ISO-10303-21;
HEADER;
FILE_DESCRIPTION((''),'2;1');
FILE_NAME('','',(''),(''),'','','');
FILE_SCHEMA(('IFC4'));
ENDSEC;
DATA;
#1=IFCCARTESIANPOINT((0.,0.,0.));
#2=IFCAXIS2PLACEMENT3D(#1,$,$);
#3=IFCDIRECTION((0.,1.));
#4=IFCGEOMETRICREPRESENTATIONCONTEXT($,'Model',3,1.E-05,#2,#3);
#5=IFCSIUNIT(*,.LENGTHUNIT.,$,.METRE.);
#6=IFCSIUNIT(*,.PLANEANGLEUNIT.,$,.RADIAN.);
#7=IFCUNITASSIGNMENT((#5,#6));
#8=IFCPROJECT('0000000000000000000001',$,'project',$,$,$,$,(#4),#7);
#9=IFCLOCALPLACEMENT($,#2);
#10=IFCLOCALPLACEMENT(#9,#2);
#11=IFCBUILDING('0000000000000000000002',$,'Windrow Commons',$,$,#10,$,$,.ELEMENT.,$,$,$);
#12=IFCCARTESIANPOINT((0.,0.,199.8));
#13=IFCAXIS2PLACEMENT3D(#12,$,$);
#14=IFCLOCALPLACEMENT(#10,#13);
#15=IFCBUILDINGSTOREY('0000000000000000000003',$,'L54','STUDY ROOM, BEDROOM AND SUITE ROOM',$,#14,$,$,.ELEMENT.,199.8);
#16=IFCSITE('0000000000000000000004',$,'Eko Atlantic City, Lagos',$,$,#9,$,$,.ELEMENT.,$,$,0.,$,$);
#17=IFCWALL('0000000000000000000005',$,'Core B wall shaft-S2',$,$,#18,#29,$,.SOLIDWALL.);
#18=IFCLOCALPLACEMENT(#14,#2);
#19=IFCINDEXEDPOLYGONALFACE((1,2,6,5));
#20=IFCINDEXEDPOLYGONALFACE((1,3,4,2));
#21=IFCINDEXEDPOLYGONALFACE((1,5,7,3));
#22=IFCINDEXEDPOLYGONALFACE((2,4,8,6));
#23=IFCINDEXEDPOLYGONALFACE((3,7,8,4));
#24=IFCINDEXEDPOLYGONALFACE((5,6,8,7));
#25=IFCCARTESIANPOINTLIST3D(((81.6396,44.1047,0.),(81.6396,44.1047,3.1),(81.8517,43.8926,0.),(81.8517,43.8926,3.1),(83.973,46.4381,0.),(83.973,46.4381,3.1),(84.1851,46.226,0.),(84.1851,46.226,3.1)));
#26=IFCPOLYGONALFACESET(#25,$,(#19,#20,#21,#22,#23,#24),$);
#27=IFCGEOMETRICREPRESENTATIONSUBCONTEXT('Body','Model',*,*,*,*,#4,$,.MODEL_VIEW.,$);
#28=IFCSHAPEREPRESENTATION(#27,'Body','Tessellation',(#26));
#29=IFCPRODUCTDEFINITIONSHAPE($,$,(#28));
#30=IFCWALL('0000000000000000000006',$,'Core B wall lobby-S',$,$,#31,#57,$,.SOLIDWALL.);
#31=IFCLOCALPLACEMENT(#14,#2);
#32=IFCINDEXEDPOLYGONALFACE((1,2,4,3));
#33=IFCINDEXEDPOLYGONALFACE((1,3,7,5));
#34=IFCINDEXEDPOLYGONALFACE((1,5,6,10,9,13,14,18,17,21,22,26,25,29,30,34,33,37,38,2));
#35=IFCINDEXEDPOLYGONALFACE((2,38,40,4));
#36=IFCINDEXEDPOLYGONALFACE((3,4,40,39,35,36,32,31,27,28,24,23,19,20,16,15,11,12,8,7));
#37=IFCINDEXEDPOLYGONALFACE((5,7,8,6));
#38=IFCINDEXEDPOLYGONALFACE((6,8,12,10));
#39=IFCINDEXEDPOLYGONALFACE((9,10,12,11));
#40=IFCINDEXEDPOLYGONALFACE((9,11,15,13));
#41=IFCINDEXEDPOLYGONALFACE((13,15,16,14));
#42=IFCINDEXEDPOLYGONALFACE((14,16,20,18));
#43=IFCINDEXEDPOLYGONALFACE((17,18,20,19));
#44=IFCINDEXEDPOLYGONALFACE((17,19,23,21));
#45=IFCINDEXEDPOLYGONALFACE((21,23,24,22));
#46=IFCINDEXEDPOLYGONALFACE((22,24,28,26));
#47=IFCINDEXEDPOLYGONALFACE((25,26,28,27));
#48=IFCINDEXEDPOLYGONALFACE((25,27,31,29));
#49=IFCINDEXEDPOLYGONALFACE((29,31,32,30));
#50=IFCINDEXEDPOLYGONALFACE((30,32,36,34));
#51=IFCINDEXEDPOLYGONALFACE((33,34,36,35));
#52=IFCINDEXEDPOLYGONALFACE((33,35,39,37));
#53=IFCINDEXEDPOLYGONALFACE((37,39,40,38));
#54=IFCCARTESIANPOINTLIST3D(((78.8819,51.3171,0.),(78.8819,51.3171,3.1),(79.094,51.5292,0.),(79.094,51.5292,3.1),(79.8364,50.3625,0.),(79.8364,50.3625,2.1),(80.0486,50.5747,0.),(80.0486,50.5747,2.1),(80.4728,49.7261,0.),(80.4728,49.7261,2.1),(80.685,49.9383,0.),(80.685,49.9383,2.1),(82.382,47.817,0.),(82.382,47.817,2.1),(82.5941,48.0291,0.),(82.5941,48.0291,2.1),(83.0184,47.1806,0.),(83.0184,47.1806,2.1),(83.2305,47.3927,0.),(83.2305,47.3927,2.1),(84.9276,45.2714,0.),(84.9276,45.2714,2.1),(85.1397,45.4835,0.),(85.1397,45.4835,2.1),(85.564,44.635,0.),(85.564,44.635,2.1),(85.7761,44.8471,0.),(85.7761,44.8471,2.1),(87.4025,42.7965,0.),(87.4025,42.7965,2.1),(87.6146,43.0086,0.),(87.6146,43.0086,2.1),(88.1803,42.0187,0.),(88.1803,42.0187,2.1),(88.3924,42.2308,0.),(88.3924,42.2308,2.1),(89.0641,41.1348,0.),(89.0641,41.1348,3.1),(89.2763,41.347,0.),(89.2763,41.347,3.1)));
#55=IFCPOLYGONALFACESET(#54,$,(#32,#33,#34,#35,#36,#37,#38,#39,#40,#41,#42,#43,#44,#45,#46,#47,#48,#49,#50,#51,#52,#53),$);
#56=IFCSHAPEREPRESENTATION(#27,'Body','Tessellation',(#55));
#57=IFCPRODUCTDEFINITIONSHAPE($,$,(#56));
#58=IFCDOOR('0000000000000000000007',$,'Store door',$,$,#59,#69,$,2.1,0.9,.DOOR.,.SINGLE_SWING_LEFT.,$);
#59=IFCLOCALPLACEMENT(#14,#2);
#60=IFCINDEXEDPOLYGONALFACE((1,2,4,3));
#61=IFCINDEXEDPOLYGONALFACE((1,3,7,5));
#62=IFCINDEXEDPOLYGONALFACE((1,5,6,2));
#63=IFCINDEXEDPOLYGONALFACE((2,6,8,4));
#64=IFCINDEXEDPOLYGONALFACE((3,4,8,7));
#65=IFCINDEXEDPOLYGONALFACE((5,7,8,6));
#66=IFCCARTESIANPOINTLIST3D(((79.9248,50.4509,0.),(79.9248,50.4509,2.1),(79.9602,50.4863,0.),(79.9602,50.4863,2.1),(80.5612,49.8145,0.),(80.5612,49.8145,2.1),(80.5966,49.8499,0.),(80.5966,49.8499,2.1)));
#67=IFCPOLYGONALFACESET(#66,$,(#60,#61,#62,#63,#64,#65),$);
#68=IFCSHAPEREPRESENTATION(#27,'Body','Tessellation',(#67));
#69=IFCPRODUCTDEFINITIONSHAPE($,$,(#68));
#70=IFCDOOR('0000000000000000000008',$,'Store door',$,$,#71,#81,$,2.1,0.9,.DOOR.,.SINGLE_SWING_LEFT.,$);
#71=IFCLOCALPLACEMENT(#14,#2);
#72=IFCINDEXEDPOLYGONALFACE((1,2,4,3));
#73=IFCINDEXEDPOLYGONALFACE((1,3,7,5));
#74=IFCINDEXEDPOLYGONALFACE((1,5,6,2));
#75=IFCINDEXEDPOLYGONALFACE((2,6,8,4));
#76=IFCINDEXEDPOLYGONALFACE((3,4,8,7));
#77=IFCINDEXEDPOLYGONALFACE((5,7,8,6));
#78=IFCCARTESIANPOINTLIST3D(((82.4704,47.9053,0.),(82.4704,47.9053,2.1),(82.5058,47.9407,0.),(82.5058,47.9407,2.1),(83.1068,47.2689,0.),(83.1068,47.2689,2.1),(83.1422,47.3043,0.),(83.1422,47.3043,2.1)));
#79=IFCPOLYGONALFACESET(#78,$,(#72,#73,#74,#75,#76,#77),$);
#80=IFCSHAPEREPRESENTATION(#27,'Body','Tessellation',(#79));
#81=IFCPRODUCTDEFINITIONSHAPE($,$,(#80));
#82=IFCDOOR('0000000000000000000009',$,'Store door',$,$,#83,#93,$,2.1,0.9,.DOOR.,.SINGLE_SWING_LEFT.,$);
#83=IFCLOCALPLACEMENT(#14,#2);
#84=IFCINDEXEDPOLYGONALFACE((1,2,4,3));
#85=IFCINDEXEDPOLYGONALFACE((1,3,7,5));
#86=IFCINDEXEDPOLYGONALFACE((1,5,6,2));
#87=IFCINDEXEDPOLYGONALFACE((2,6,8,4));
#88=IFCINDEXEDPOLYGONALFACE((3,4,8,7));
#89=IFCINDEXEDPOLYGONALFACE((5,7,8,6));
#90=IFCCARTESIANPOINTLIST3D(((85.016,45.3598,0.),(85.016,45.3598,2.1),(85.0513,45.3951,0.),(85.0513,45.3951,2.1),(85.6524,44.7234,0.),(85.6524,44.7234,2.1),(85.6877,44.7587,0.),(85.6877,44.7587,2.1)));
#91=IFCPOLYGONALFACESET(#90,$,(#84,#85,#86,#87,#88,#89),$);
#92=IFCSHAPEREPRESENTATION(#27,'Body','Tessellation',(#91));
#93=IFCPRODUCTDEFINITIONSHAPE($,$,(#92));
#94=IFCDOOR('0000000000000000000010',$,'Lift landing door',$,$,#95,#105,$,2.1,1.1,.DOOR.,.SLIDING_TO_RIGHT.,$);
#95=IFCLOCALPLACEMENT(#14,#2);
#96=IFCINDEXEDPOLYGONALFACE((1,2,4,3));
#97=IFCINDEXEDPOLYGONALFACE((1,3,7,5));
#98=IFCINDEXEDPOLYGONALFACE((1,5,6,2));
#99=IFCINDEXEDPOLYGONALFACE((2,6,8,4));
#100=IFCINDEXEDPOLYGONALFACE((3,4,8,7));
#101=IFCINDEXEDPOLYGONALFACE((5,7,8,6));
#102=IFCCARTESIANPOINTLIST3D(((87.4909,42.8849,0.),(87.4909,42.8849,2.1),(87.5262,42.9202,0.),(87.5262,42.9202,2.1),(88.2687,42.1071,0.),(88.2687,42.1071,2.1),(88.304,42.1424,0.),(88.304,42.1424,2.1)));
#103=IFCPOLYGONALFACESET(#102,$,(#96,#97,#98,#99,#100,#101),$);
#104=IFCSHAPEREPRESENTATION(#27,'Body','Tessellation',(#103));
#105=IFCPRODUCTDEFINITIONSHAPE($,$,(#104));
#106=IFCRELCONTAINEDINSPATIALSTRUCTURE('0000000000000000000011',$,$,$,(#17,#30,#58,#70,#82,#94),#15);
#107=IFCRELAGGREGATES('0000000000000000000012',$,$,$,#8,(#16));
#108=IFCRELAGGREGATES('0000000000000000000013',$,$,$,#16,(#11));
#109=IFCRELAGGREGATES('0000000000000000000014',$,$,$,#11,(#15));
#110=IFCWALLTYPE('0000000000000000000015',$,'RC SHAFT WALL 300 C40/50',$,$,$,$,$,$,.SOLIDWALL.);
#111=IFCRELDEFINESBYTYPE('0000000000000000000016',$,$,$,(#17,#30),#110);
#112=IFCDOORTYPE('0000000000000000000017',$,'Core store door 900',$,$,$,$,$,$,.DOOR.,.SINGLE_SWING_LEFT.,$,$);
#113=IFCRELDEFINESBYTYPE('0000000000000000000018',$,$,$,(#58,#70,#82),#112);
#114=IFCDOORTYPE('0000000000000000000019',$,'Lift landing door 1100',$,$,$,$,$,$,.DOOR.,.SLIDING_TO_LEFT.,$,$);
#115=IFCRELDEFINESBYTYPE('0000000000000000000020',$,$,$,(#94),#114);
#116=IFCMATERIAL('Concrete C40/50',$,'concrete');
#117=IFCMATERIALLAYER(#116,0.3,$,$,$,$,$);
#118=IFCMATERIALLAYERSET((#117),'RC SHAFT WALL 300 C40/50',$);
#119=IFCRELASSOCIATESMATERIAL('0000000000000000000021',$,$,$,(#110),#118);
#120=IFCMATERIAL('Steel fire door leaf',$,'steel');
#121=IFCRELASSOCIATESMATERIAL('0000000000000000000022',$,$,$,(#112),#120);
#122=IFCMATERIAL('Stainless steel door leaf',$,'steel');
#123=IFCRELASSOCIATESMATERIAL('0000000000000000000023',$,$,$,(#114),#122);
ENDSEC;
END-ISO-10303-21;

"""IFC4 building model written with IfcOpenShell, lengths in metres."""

from ifc_helpers import new_model, si_unit, direction, frame, frame_2d, origin, place, context, subcontext, project, spatial, rectangle, extrude, material, layer, layer_set, type_object, element, fill, save


model = new_model("IFC4")

# Units and contexts
model_context = context("Model", 3, precision=1e-05, world=origin(), true_north=direction((0.0, 1.0)))
body_context = subcontext(model_context, "Body", "Model", "MODEL_VIEW")
ifc_project = project(units=[si_unit("LENGTHUNIT", "METRE"), si_unit("PLANEANGLEUNIT", "RADIAN")], contexts=[model_context])

# Site, building, storey
site_placement = place(None, origin())
site = spatial("IfcSite", under=ifc_project, at=site_placement, Name="Eko Atlantic City, Lagos", CompositionType="ELEMENT", RefElevation=0.0)
building_placement = place(site_placement, origin())
building = spatial("IfcBuilding", under=site, at=building_placement, Name="Windrow Commons", CompositionType="ELEMENT")
storey_placement = place(building_placement, frame((0.0, 0.0, 199.8)))
storey = spatial("IfcBuildingStorey", under=building, at=storey_placement, Name="L54", Description="STUDY ROOM, BEDROOM AND SUITE ROOM", CompositionType="ELEMENT", Elevation=199.8)

# Wall
ifc_material_1 = material(Name="Concrete C40/50", Category="concrete")
ifc_layer_1 = layer(ifc_material_1, 0.3)
ifc_layer_set_1 = layer_set([ifc_layer_1], Name="RC SHAFT WALL 300 C40/50")
wall_type_1 = type_object("IfcWallType", Name="RC SHAFT WALL 300 C40/50", PredefinedType="SOLIDWALL", material=ifc_layer_set_1)
wall_1_placement = place(storey_placement, frame((81.7456, 43.9986, 0.0), z_axis=(0.0, 0.0, 1.0), x_axis=(0.707107, 0.707107, 0.0)))
element("IfcWall", 1, at=wall_1_placement, inside=storey, type_object=wall_type_1, Name="Core B wall shaft-S2", PredefinedType="SOLIDWALL", context=body_context, shape_type="SweptSolid", body=[
    extrude(rectangle(XDim=3.2999, YDim=0.3, at=frame_2d((1.65, 0.0))), origin(), (0.0, 0.0, 1.0), 3.1),
])

# Wall, openings, doors
wall_2_placement = place(storey_placement, frame((78.9879, 51.4232, 0.0), z_axis=(0.0, 0.0, 1.0), x_axis=(0.707107, -0.707107, 0.0)))
wall_2 = element("IfcWall", 2, at=wall_2_placement, inside=storey, type_object=wall_type_1, Name="Core B wall lobby-S", PredefinedType="SOLIDWALL", context=body_context, shape_type="SweptSolid", body=[
    extrude(rectangle(XDim=14.3999, YDim=0.3, at=frame_2d((7.2, 0.0))), origin(), (0.0, 0.0, 1.0), 3.1),
])
opening_1_placement = place(wall_2_placement, frame((1.35, 0.0, 0.0)))
opening_1 = element("IfcOpeningElement", 3, at=opening_1_placement, cuts=wall_2, PredefinedType="OPENING", context=body_context, shape_type="SweptSolid", body=[
    extrude(rectangle(XDim=0.9, YDim=2.1, at=frame_2d((0.45, 1.05))), frame((0.0, 0.16, 0.0), z_axis=(0.0, -1.0, 0.0), x_axis=(1.0, 0.0, 0.0)), (0.0, 0.0, 1.0), 0.32),
])
opening_2_placement = place(wall_2_placement, frame((4.95, 0.0, 0.0)))
opening_2 = element("IfcOpeningElement", 4, at=opening_2_placement, cuts=wall_2, PredefinedType="OPENING", context=body_context, shape_type="SweptSolid", body=[
    extrude(rectangle(XDim=0.9, YDim=2.1, at=frame_2d((0.45, 1.05))), frame((0.0, 0.16, 0.0), z_axis=(0.0, -1.0, 0.0), x_axis=(1.0, 0.0, 0.0)), (0.0, 0.0, 1.0), 0.32),
])
opening_3_placement = place(wall_2_placement, frame((8.55, 0.0, 0.0)))
opening_3 = element("IfcOpeningElement", 5, at=opening_3_placement, cuts=wall_2, PredefinedType="OPENING", context=body_context, shape_type="SweptSolid", body=[
    extrude(rectangle(XDim=0.9, YDim=2.1, at=frame_2d((0.45, 1.05))), frame((0.0, 0.16, 0.0), z_axis=(0.0, -1.0, 0.0), x_axis=(1.0, 0.0, 0.0)), (0.0, 0.0, 1.0), 0.32),
])
opening_4_placement = place(wall_2_placement, frame((12.05, 0.0, 0.0)))
opening_4 = element("IfcOpeningElement", 6, at=opening_4_placement, cuts=wall_2, PredefinedType="OPENING", context=body_context, shape_type="SweptSolid", body=[
    extrude(rectangle(XDim=1.1, YDim=2.1, at=frame_2d((0.55, 1.05))), frame((0.0, 0.16, 0.0), z_axis=(0.0, -1.0, 0.0), x_axis=(1.0, 0.0, 0.0)), (0.0, 0.0, 1.0), 0.32),
])
ifc_material_2 = material(Name="Steel fire door leaf", Category="steel")
door_type_1 = type_object("IfcDoorType", Name="Core store door 900", OperationType="SINGLE_SWING_LEFT", PredefinedType="DOOR", material=ifc_material_2)
door_1_placement = place(opening_1_placement, origin())
door_1 = element("IfcDoor", 7, at=door_1_placement, inside=storey, type_object=door_type_1, Name="Store door", OperationType="SINGLE_SWING_LEFT", OverallHeight=2.1, OverallWidth=0.9, PredefinedType="DOOR", context=body_context, shape_type="SweptSolid", body=[
    extrude(rectangle(XDim=0.9, YDim=2.1, at=frame_2d((0.45, 1.05))), frame((0.0, 0.025, 0.0), z_axis=(0.0, -1.0, 0.0), x_axis=(1.0, 0.0, 0.0)), (0.0, 0.0, 1.0), 0.05),
])
fill(opening_1, door_1)
door_2_placement = place(opening_2_placement, origin())
door_2 = element("IfcDoor", 8, at=door_2_placement, inside=storey, type_object=door_type_1, Name="Store door", OperationType="SINGLE_SWING_LEFT", OverallHeight=2.1, OverallWidth=0.9, PredefinedType="DOOR", context=body_context, shape_type="SweptSolid", body=[
    extrude(rectangle(XDim=0.9, YDim=2.1, at=frame_2d((0.45, 1.05))), frame((0.0, 0.025, 0.0), z_axis=(0.0, -1.0, 0.0), x_axis=(1.0, 0.0, 0.0)), (0.0, 0.0, 1.0), 0.05),
])
fill(opening_2, door_2)
door_3_placement = place(opening_3_placement, origin())
door_3 = element("IfcDoor", 9, at=door_3_placement, inside=storey, type_object=door_type_1, Name="Store door", OperationType="SINGLE_SWING_LEFT", OverallHeight=2.1, OverallWidth=0.9, PredefinedType="DOOR", context=body_context, shape_type="SweptSolid", body=[
    extrude(rectangle(XDim=0.9, YDim=2.1, at=frame_2d((0.45, 1.05))), frame((0.0, 0.025, 0.0), z_axis=(0.0, -1.0, 0.0), x_axis=(1.0, 0.0, 0.0)), (0.0, 0.0, 1.0), 0.05),
])
fill(opening_3, door_3)
ifc_material_3 = material(Name="Stainless steel door leaf", Category="steel")
door_type_2 = type_object("IfcDoorType", Name="Lift landing door 1100", OperationType="SLIDING_TO_LEFT", PredefinedType="DOOR", material=ifc_material_3)
door_4_placement = place(opening_4_placement, origin())
door_4 = element("IfcDoor", 10, at=door_4_placement, inside=storey, type_object=door_type_2, Name="Lift landing door", OperationType="SLIDING_TO_RIGHT", OverallHeight=2.1, OverallWidth=1.1, PredefinedType="DOOR", context=body_context, shape_type="SweptSolid", body=[
    extrude(rectangle(XDim=1.1, YDim=2.1, at=frame_2d((0.55, 1.05))), frame((0.0, 0.025, 0.0), z_axis=(0.0, -1.0, 0.0), x_axis=(1.0, 0.0, 0.0)), (0.0, 0.0, 1.0), 0.05),
])
fill(opening_4, door_4)

save(model, "model.ifc")
